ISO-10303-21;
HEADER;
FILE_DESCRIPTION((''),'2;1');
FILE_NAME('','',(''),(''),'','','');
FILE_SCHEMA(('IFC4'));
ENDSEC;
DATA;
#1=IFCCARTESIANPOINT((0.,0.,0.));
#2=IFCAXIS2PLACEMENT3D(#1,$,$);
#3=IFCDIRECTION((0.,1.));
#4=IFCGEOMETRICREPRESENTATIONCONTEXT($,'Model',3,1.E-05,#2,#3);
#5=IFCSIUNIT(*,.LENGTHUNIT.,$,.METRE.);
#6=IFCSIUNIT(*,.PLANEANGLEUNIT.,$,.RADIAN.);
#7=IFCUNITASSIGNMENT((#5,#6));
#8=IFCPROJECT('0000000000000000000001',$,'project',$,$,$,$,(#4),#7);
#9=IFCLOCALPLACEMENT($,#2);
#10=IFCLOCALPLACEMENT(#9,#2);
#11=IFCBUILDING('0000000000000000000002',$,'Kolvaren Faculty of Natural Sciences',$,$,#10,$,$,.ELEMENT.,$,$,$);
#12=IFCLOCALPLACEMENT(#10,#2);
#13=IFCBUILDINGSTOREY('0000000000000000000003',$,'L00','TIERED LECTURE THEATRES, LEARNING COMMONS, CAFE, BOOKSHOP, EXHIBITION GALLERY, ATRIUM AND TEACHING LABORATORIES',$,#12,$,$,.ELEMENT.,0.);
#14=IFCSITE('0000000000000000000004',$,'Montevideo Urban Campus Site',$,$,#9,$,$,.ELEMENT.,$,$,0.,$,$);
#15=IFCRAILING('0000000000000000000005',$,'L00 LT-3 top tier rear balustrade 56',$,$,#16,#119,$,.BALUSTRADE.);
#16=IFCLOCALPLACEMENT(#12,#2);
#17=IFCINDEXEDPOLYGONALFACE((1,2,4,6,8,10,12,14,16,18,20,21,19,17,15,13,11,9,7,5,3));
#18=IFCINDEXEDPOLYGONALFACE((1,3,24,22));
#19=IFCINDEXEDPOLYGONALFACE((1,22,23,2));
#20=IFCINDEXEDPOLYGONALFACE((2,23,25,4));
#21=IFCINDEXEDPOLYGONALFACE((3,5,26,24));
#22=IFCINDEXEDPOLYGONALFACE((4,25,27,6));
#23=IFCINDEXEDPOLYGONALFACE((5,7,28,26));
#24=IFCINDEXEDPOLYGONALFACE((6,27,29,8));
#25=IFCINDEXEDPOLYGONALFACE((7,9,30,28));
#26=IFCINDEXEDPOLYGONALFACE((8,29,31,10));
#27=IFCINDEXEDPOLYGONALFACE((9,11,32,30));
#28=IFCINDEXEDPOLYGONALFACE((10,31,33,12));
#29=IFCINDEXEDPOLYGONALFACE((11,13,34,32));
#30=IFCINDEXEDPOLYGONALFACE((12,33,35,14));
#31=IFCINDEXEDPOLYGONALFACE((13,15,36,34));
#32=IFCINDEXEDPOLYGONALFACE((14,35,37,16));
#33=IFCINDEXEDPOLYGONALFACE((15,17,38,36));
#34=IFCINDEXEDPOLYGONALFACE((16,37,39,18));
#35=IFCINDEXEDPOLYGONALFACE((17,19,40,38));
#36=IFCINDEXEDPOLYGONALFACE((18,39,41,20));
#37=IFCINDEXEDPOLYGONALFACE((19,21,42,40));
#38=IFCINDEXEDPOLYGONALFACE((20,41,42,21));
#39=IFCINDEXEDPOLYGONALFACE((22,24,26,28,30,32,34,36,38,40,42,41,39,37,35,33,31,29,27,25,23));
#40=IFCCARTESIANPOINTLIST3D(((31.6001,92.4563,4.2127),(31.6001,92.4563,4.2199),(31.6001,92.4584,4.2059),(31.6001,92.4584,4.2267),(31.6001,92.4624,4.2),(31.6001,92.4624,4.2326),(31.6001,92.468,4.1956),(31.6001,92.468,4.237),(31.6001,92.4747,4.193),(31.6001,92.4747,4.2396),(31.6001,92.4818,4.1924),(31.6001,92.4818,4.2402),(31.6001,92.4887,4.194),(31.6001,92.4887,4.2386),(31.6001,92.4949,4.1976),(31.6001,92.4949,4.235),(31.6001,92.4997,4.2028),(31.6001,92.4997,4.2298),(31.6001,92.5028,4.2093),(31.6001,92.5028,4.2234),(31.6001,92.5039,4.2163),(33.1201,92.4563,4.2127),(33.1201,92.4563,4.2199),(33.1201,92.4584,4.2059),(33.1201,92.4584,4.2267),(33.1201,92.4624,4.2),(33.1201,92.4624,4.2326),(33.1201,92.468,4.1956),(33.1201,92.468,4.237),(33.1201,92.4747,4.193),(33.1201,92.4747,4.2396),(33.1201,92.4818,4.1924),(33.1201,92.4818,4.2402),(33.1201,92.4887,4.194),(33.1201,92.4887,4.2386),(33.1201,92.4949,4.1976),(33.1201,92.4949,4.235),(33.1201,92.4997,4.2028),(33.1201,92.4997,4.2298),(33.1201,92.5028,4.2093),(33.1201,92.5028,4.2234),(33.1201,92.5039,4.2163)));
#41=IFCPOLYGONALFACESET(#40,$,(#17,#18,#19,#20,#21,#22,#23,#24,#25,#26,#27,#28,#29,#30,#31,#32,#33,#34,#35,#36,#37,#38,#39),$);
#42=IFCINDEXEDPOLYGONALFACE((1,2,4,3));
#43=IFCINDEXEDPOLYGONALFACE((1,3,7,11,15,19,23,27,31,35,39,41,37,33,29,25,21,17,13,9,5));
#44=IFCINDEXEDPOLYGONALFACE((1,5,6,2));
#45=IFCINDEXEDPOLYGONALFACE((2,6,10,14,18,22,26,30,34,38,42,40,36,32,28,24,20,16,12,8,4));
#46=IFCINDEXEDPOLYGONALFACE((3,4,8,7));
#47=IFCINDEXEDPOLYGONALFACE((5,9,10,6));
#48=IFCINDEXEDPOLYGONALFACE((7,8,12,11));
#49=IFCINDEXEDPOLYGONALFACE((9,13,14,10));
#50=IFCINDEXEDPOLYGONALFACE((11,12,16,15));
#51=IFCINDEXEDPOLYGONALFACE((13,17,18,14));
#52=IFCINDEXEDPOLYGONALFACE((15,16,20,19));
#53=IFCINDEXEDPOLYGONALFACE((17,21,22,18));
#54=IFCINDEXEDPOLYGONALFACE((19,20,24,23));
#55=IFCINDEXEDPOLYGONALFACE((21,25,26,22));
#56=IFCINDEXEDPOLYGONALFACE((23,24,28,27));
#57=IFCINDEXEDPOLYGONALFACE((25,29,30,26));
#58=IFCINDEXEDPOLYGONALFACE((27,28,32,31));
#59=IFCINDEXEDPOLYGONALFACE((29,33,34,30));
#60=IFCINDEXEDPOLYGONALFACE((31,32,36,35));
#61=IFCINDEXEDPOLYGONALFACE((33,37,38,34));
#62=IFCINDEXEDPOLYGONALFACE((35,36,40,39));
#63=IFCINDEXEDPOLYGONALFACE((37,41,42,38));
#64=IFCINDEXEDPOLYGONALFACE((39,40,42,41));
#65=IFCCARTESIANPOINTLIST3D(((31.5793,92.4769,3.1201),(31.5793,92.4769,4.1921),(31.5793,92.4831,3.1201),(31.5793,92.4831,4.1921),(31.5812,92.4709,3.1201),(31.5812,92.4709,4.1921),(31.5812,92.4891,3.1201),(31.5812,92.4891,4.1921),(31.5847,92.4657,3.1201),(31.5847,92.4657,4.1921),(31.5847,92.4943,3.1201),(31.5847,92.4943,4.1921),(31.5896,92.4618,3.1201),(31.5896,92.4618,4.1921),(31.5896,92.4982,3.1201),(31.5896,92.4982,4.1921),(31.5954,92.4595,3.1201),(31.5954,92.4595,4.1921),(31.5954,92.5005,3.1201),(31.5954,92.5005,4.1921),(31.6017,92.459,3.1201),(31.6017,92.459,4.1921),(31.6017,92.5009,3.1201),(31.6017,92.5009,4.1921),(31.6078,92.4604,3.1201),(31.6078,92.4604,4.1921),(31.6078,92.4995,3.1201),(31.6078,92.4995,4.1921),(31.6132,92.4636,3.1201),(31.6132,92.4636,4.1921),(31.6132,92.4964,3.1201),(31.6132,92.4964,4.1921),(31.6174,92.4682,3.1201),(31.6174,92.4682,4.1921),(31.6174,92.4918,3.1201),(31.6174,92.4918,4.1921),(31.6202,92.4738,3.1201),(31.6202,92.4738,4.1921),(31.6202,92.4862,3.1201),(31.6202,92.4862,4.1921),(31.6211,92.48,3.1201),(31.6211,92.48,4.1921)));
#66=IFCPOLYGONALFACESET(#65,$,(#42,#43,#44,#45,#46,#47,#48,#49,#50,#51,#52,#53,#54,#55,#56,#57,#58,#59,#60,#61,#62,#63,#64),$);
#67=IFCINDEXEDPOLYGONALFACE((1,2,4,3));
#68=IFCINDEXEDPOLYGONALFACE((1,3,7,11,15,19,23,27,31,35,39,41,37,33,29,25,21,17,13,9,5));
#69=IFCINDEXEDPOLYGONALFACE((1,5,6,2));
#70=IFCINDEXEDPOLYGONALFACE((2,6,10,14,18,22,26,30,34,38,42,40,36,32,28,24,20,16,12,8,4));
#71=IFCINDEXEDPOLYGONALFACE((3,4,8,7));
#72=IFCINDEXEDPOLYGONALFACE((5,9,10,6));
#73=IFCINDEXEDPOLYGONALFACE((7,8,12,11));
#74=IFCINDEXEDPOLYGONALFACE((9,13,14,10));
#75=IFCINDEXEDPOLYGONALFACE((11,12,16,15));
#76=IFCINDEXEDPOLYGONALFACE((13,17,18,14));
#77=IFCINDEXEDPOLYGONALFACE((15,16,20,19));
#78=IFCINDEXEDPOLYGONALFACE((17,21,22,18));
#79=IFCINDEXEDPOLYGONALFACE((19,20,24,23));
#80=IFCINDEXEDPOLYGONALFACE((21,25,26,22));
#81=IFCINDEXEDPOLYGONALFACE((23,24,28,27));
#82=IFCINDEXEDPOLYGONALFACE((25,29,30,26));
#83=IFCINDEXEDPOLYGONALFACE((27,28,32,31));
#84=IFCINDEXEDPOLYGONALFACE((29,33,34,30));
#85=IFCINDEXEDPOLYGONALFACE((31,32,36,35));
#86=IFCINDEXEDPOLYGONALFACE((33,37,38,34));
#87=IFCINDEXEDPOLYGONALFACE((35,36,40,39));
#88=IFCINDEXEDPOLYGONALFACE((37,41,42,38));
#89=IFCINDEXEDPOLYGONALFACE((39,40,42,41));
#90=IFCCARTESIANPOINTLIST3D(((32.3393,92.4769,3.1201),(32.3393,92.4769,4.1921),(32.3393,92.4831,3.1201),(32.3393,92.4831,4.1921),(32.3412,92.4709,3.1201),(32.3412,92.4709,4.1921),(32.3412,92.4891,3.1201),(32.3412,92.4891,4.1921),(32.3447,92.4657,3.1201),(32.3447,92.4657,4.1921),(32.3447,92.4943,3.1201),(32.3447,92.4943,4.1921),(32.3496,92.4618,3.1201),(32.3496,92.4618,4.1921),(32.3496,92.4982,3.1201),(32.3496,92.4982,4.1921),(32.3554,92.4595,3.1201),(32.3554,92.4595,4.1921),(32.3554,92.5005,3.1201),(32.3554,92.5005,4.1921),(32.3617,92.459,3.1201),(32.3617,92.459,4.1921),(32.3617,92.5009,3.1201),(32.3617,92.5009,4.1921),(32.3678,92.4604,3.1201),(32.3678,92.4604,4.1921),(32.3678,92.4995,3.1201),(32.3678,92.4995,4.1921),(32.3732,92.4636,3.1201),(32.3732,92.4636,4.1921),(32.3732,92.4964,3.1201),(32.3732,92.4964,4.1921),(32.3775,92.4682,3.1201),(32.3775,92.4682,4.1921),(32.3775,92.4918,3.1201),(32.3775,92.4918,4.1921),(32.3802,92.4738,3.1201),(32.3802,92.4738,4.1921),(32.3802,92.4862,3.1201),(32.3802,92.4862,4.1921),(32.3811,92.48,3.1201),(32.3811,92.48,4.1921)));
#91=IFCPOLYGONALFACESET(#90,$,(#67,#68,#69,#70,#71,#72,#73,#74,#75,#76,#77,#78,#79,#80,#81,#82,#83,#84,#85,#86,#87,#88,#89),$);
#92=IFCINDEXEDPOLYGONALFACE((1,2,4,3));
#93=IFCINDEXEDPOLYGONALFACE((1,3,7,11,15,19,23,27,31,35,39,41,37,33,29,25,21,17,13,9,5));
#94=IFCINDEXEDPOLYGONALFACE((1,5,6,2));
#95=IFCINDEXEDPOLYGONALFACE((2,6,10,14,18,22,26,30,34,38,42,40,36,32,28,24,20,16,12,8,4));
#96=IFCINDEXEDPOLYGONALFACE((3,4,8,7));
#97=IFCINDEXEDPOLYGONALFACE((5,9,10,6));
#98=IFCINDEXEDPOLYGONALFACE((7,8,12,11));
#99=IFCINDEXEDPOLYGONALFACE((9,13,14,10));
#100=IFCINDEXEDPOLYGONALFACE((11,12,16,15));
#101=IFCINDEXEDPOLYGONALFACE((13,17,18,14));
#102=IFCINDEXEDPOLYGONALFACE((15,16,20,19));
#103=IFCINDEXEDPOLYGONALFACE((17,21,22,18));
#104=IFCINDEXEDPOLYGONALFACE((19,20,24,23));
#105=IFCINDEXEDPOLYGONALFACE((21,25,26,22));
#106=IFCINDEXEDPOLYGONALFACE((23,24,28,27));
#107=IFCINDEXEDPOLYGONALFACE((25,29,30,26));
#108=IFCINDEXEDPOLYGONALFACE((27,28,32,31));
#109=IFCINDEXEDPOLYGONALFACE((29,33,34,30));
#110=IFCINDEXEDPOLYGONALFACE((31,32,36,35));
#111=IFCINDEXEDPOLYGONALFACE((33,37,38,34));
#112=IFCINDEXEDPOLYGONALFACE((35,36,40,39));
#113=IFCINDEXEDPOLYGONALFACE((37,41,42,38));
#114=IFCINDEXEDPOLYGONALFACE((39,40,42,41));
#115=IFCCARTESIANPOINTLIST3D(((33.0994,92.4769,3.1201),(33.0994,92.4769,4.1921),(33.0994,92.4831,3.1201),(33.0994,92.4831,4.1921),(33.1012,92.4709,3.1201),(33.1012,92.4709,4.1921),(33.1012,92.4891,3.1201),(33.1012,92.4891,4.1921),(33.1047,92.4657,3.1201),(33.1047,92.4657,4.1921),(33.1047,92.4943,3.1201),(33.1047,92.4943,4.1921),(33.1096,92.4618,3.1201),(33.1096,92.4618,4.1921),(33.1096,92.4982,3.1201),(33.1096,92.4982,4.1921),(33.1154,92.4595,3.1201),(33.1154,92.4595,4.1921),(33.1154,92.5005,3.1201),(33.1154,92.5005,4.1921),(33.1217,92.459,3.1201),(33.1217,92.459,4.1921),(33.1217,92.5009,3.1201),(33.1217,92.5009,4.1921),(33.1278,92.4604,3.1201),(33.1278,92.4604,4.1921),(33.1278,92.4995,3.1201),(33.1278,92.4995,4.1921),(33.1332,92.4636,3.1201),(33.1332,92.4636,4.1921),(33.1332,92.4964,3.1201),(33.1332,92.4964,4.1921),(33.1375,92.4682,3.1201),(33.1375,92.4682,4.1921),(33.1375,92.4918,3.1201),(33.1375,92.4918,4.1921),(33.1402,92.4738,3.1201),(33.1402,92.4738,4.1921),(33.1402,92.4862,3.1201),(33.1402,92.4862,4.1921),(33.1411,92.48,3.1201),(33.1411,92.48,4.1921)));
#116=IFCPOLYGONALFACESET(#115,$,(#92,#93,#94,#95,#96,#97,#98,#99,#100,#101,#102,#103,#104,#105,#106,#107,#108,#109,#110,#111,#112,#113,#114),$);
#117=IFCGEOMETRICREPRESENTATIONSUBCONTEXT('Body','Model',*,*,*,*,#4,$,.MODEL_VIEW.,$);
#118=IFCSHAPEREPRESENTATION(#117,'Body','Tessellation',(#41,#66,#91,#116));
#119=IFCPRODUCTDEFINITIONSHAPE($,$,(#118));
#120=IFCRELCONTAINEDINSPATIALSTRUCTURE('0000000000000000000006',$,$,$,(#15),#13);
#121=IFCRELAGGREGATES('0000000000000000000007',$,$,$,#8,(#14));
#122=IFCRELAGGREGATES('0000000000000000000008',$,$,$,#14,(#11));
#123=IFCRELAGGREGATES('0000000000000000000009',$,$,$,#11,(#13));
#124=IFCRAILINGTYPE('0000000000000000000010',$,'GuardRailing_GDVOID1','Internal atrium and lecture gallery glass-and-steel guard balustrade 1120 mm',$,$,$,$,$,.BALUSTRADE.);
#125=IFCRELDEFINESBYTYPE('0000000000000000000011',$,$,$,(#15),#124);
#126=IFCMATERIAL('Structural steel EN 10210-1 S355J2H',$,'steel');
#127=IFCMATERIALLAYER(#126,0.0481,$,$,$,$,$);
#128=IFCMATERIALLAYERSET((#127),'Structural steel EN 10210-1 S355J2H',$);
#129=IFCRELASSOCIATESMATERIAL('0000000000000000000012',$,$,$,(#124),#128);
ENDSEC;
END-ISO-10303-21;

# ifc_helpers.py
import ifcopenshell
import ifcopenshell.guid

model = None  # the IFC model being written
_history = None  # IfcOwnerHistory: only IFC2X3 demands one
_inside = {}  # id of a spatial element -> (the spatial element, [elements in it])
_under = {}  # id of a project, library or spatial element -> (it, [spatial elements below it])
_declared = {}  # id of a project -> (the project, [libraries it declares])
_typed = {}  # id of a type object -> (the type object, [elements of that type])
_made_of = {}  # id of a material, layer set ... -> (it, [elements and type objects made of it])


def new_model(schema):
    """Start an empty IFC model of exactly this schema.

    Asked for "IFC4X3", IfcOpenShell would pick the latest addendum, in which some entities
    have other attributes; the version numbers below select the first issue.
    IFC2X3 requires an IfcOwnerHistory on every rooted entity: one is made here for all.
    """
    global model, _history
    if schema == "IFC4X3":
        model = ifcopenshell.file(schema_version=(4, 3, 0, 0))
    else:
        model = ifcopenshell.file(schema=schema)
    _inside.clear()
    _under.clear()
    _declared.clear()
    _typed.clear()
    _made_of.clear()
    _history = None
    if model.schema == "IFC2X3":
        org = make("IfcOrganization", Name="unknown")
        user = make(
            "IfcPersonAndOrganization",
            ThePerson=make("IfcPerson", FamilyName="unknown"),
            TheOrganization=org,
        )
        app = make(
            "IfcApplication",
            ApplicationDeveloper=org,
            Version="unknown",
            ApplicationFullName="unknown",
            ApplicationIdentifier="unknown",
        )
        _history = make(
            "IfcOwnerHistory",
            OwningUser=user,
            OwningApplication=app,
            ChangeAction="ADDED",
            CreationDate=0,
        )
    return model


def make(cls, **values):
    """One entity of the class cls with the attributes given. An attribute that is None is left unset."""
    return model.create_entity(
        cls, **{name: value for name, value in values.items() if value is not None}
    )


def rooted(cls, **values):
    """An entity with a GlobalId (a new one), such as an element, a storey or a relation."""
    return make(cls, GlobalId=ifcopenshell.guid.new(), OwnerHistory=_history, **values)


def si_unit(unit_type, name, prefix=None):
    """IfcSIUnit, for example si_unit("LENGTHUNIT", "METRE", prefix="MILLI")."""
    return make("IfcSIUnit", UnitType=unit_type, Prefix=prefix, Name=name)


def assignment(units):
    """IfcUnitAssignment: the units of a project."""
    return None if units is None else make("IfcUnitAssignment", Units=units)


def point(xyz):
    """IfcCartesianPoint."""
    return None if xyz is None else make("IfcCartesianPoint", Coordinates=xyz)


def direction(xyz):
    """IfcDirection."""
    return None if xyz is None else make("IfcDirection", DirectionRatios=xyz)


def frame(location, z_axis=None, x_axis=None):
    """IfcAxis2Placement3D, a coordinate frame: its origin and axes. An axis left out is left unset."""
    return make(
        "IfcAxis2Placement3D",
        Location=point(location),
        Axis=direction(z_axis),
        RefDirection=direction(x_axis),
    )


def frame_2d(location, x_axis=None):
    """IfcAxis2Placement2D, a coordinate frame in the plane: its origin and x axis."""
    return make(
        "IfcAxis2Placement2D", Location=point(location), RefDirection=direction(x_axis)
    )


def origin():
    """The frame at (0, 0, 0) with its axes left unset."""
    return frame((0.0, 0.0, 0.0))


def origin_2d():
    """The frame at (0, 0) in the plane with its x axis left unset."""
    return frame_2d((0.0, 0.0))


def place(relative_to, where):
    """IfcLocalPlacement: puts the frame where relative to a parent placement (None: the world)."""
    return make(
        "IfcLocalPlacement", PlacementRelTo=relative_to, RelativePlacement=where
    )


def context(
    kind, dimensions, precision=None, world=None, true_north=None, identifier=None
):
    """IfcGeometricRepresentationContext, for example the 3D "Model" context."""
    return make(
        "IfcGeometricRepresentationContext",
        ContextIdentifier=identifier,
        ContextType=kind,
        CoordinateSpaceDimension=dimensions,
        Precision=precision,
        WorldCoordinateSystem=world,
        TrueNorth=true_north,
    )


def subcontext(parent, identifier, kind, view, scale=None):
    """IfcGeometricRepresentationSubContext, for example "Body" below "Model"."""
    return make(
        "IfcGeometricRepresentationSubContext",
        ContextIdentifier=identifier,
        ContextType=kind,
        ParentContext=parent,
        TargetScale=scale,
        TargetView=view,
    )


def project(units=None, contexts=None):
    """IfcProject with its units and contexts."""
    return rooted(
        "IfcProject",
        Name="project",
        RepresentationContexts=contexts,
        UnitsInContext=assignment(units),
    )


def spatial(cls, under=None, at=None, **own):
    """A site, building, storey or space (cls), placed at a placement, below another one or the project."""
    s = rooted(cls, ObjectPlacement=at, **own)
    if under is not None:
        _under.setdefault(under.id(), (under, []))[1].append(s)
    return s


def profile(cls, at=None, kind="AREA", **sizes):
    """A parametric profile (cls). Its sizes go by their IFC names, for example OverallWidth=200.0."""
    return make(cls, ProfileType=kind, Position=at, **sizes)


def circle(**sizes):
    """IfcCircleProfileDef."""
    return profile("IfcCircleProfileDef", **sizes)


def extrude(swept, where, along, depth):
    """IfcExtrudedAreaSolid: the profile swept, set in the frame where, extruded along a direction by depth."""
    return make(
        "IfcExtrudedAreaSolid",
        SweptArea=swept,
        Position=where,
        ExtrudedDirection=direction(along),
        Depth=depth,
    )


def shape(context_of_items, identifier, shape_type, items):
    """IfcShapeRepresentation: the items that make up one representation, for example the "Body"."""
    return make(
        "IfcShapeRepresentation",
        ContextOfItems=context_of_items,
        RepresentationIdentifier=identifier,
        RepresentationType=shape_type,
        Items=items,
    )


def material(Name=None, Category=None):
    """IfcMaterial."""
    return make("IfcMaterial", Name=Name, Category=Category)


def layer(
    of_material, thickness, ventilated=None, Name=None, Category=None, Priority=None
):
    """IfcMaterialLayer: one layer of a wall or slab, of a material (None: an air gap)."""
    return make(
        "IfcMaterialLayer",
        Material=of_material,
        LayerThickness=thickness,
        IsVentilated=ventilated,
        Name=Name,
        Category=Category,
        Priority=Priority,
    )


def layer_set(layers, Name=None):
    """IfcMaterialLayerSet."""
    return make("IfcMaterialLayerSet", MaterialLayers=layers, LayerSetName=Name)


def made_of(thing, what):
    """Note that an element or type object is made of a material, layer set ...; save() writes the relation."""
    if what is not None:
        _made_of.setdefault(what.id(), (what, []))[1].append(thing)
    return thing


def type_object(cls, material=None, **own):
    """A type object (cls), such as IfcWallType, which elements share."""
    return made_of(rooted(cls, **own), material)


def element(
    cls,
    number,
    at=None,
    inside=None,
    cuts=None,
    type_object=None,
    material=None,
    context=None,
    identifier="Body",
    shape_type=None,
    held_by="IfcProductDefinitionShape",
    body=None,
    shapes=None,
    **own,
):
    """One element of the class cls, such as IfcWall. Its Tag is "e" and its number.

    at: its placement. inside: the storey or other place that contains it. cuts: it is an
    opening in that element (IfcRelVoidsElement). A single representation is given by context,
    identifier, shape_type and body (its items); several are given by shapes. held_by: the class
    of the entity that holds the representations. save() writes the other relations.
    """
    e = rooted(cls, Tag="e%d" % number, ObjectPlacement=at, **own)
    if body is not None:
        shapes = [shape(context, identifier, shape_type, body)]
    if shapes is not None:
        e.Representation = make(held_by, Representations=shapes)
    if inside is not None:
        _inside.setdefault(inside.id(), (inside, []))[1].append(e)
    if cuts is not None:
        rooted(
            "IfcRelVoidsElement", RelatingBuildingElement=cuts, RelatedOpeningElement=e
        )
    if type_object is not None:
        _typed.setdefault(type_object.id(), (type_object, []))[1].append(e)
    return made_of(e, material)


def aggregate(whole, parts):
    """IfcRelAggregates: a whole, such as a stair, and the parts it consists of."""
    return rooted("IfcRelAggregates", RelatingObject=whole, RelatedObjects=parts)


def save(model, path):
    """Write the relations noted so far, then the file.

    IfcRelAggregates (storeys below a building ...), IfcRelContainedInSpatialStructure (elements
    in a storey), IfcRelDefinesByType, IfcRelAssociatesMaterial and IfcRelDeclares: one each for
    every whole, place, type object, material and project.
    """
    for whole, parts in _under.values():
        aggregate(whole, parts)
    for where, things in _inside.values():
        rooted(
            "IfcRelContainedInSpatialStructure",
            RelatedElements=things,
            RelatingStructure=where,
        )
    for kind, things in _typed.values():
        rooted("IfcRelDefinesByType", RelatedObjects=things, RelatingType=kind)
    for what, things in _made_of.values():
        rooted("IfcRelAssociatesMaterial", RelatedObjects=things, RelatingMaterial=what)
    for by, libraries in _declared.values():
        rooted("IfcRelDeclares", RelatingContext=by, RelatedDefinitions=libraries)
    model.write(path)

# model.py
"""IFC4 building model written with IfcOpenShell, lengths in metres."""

from ifc_helpers import new_model, si_unit, direction, frame, origin, origin_2d, place, context, subcontext, project, spatial, circle, extrude, material, layer, layer_set, type_object, element, save


model = new_model("IFC4")

# Units and contexts
model_context = context("Model", 3, precision=1e-05, world=origin(), true_north=direction((0.0, 1.0)))
body_context = subcontext(model_context, "Body", "Model", "MODEL_VIEW")
ifc_project = project(units=[si_unit("LENGTHUNIT", "METRE"), si_unit("PLANEANGLEUNIT", "RADIAN")], contexts=[model_context])

# Site, building, storey
site_placement = place(None, origin())
site = spatial("IfcSite", under=ifc_project, at=site_placement, Name="Montevideo Urban Campus Site", CompositionType="ELEMENT", RefElevation=0.0)
building_placement = place(site_placement, origin())
building = spatial("IfcBuilding", under=site, at=building_placement, Name="Kolvaren Faculty of Natural Sciences", CompositionType="ELEMENT")
storey_placement = place(building_placement, origin())
storey = spatial("IfcBuildingStorey", under=building, at=storey_placement, Name="L00", Description="TIERED LECTURE THEATRES, LEARNING COMMONS, CAFE, BOOKSHOP, EXHIBITION GALLERY, ATRIUM AND TEACHING LABORATORIES", CompositionType="ELEMENT", Elevation=0.0)

# Railing
ifc_material_1 = material(Name="Structural steel EN 10210-1 S355J2H", Category="steel")
ifc_layer_1 = layer(ifc_material_1, 0.0481)
ifc_layer_set_1 = layer_set([ifc_layer_1], Name="Structural steel EN 10210-1 S355J2H")
railing_type = type_object("IfcRailingType", Name="GuardRailing_GDVOID1", Description="Internal atrium and lecture gallery glass-and-steel guard balustrade 1120 mm", PredefinedType="BALUSTRADE", material=ifc_layer_set_1)
railing_1_placement = place(storey_placement, frame((31.6001, 92.48, 3.1201)))
element("IfcRailing", 1, at=railing_1_placement, inside=storey, type_object=railing_type, Name="L00 LT-3 top tier rear balustrade 56", PredefinedType="BALUSTRADE", context=body_context, shape_type="SweptSolid", body=[
    extrude(circle(Radius=0.0239, at=origin_2d()), frame((0.0, 0.0, 1.0962), z_axis=(1.0, 0.0, 0.0), x_axis=(0.0, 1.0, 0.0)), (0.0, 0.0, 1.0), 1.52),
    extrude(circle(Radius=0.021, at=origin_2d()), origin(), (0.0, 0.0, 1.0), 1.072),
    extrude(circle(Radius=0.021, at=origin_2d()), frame((0.76, 0.0, 0.0)), (0.0, 0.0, 1.0), 1.072),
    extrude(circle(Radius=0.021, at=origin_2d()), frame((1.52, 0.0, 0.0)), (0.0, 0.0, 1.0), 1.072),
])

save(model, "model.ifc")
